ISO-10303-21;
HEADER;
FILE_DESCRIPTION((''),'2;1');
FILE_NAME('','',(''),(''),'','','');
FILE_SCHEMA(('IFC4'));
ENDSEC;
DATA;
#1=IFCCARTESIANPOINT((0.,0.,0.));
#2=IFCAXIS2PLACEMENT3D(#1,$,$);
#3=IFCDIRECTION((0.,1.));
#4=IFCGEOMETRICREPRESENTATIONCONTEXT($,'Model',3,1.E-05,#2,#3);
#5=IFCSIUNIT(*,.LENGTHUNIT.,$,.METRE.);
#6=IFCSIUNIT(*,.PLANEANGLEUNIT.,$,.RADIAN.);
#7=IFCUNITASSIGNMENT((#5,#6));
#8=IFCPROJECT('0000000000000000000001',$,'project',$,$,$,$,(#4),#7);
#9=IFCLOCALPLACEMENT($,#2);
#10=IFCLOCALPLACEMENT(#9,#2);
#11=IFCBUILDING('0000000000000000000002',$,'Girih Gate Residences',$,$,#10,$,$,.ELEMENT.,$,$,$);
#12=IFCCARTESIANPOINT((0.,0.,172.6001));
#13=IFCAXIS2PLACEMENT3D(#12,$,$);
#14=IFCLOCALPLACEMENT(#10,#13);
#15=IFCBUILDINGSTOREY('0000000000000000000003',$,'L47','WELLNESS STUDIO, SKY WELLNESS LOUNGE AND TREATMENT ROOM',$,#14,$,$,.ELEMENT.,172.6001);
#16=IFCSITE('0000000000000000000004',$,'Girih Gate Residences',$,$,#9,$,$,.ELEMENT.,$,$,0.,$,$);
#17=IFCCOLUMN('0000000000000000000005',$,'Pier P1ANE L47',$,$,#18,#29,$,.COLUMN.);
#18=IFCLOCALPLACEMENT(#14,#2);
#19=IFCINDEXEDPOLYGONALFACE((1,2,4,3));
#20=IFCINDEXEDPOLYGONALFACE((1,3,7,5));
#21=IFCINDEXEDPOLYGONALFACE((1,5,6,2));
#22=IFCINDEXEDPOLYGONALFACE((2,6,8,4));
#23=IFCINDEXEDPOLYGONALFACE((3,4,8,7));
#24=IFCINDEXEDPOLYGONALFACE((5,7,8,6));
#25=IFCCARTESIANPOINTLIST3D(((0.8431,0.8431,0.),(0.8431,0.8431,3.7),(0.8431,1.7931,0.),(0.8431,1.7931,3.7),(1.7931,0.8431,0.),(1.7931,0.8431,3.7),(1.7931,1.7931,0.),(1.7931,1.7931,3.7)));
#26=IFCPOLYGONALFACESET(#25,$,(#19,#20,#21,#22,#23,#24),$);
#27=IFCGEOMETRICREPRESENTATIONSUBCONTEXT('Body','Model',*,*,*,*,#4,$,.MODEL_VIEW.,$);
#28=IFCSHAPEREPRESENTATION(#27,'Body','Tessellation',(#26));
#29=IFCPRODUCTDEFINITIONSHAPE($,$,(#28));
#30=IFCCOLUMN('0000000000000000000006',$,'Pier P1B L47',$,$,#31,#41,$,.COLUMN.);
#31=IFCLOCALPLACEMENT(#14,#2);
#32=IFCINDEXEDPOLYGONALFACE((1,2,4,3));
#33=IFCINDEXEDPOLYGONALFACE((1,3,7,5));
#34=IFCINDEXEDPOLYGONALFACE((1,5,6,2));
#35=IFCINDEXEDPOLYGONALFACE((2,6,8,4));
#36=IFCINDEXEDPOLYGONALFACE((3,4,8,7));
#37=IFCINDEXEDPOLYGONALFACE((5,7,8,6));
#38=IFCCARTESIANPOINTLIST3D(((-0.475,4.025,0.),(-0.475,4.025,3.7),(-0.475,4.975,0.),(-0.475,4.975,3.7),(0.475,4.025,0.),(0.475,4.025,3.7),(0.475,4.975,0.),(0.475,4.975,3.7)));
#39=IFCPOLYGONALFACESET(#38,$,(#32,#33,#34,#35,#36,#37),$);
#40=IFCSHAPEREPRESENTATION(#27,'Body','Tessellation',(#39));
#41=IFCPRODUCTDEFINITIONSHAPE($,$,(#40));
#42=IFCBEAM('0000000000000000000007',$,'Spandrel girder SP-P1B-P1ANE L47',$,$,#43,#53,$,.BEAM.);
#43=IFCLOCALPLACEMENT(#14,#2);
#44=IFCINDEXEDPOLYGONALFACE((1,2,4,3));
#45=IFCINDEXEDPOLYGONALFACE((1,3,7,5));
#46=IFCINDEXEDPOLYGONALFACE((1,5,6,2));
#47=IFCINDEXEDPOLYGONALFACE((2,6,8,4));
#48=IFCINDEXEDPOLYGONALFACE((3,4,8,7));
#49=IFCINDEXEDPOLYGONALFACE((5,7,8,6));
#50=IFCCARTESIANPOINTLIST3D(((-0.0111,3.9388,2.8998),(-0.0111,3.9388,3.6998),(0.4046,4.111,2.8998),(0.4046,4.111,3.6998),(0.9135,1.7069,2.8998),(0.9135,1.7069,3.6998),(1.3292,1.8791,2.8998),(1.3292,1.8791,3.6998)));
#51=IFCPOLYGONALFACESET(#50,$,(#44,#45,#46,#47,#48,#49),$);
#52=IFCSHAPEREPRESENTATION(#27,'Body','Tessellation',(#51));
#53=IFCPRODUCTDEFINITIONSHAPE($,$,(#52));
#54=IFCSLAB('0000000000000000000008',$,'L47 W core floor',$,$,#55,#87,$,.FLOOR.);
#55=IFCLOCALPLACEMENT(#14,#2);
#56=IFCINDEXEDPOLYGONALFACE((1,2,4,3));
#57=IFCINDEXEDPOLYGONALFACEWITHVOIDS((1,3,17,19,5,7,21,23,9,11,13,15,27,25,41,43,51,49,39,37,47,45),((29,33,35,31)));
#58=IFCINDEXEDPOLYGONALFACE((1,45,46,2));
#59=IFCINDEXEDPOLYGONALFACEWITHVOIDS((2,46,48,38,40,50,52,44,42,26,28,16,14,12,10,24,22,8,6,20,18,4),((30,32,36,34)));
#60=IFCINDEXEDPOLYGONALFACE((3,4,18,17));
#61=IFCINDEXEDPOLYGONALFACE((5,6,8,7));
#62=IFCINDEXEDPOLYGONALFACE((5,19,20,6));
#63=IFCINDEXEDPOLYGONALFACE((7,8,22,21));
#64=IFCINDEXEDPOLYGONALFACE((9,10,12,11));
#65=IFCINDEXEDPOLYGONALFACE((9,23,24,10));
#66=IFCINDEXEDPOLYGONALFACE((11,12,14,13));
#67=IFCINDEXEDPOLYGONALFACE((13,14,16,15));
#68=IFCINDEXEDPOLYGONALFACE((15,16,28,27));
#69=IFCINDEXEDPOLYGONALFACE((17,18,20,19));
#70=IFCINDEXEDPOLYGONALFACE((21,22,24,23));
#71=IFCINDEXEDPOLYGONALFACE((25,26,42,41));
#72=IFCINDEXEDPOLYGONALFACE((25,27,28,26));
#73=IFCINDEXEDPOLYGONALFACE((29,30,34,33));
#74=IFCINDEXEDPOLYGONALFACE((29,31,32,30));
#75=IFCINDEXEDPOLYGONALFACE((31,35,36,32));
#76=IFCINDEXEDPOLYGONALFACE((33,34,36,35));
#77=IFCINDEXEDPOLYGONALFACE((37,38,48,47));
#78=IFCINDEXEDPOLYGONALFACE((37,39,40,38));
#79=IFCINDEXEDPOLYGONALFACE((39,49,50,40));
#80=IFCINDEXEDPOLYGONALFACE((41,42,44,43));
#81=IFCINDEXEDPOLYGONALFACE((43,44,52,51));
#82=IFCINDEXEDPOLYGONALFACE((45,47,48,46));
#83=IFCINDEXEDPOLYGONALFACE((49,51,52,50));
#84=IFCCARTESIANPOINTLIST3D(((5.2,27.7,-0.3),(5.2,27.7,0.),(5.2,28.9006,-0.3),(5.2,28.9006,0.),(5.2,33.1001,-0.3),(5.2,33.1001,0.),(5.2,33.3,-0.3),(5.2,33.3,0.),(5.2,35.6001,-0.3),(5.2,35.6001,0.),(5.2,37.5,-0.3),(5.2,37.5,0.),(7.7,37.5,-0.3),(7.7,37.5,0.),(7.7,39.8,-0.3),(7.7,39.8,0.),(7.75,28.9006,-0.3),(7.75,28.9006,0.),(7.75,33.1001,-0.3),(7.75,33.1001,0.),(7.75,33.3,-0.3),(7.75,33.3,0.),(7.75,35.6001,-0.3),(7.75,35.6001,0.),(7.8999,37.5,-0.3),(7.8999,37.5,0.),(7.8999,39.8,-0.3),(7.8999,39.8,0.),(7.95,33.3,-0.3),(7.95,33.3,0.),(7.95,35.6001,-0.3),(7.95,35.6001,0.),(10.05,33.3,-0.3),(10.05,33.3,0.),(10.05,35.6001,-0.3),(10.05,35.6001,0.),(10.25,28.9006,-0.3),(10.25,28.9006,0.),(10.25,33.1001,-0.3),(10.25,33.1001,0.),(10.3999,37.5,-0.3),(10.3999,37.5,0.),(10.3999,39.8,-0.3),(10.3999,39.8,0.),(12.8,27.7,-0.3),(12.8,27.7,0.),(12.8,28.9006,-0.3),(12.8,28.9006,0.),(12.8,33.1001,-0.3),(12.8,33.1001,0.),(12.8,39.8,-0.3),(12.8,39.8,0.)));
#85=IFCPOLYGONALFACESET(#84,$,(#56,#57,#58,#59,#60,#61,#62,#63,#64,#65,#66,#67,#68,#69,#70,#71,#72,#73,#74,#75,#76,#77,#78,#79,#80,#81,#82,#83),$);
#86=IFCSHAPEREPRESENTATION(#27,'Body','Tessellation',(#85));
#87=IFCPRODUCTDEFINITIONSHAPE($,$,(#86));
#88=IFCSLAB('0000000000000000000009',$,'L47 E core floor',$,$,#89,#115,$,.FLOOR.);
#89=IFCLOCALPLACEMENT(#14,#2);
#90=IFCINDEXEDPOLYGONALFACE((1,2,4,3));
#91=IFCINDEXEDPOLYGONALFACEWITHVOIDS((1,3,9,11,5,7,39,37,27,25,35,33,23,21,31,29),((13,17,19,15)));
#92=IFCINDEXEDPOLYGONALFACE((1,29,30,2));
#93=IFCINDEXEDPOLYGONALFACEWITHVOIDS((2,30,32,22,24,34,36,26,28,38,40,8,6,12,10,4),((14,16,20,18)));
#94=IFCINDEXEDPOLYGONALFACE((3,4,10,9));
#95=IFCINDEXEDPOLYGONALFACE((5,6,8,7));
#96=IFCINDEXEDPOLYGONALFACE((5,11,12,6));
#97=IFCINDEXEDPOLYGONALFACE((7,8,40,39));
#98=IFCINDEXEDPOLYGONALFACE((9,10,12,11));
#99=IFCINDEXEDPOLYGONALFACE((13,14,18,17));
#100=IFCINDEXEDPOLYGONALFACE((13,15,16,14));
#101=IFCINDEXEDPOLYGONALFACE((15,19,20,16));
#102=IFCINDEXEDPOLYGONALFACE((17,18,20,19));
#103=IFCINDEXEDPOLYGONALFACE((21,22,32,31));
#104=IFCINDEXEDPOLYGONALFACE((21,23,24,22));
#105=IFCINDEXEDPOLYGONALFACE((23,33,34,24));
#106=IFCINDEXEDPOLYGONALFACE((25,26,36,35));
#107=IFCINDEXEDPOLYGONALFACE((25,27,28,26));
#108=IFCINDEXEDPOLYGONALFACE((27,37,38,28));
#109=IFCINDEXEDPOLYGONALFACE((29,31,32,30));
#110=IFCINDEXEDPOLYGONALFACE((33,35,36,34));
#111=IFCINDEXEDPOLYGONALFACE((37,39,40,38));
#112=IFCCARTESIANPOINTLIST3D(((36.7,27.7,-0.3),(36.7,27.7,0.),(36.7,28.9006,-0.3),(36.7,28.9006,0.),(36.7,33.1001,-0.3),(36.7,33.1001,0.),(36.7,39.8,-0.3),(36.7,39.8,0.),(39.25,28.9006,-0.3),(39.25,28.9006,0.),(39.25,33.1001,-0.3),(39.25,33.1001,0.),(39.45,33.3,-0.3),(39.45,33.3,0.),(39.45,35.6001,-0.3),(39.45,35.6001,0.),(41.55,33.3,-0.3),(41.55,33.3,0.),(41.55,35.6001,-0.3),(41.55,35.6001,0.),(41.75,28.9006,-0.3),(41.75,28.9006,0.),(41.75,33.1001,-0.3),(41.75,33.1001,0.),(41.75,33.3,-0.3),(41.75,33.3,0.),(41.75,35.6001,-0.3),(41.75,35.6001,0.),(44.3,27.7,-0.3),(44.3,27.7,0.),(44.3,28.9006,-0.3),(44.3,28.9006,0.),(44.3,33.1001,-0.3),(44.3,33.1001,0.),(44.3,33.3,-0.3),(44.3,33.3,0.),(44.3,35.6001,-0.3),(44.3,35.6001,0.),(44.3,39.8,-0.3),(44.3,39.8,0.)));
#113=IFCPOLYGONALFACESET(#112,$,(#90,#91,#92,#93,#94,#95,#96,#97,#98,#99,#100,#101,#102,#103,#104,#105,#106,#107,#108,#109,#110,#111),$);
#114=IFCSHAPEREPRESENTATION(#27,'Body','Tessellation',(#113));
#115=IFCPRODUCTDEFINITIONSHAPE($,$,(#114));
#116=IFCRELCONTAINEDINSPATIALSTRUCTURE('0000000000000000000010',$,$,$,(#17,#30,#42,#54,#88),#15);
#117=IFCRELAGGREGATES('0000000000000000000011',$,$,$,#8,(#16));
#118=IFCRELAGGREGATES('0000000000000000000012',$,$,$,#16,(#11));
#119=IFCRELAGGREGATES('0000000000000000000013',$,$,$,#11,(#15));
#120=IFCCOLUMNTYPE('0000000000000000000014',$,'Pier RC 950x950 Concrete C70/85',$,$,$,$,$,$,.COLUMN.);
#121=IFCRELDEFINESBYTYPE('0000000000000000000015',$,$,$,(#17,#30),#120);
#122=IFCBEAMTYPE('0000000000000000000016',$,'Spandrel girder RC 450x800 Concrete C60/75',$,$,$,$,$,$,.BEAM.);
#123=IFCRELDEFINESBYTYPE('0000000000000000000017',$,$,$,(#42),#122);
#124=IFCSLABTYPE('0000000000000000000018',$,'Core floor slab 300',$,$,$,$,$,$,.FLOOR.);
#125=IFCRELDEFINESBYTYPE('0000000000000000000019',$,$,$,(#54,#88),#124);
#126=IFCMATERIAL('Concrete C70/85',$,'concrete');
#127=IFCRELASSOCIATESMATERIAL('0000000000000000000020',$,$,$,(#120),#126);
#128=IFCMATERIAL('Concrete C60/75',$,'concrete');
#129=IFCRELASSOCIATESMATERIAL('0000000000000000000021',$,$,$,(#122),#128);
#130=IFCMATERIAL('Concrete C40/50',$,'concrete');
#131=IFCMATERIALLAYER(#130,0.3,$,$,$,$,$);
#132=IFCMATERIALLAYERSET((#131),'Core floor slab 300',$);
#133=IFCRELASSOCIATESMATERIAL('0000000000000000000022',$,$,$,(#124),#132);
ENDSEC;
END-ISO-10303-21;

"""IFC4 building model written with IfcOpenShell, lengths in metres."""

from ifc_helpers import new_model, si_unit, direction, frame, origin, origin_2d, place, context, subcontext, project, spatial, polyline, rectangle, outline, extrude, material, layer, layer_set, material_profile, profile_set, type_object, element, save


model = new_model("IFC4")

# Units and contexts
model_context = context("Model", 3, precision=1e-05, world=origin(), true_north=direction((0.0, 1.0)))
body_context = subcontext(model_context, "Body", "Model", "MODEL_VIEW")
ifc_project = project(units=[si_unit("LENGTHUNIT", "METRE"), si_unit("PLANEANGLEUNIT", "RADIAN")], contexts=[model_context])

# Site, building, storey
site_placement = place(None, origin())
site = spatial("IfcSite", under=ifc_project, at=site_placement, Name="Girih Gate Residences", CompositionType="ELEMENT", RefElevation=0.0)
building_placement = place(site_placement, origin())
building = spatial("IfcBuilding", under=site, at=building_placement, Name="Girih Gate Residences", CompositionType="ELEMENT")
storey_placement = place(building_placement, frame((0.0, 0.0, 172.6001)))
storey = spatial("IfcBuildingStorey", under=building, at=storey_placement, Name="L47", Description="WELLNESS STUDIO, SKY WELLNESS LOUNGE AND TREATMENT ROOM", CompositionType="ELEMENT", Elevation=172.6001)

# Columns
ifc_material_1 = material(Name="Concrete C70/85", Category="concrete")
ifc_material_profile_1 = material_profile(ifc_material_1, rectangle(XDim=0.95, YDim=0.95, at=origin_2d()))
ifc_profile_set_1 = profile_set([ifc_material_profile_1], Name="Concrete C70/85")
column_type = type_object("IfcColumnType", Name="Pier RC 950x950 Concrete C70/85", PredefinedType="COLUMN", material=ifc_profile_set_1)
for number, where, z_axis, x_axis, name in (
    (1, (1.3181, 1.3181, 0.0), (0.0, 0.0, 1.0), (1.0, 0.0, 0.0), "Pier P1ANE L47"),
    (2, (0.0, 4.5, 0.0), (0.0, 0.0, 1.0), (1.0, 0.0, 0.0), "Pier P1B L47"),
):
    element("IfcColumn", number, at=place(storey_placement, frame(where, z_axis=z_axis, x_axis=x_axis)), inside=storey, type_object=column_type, Name=name, PredefinedType="COLUMN", context=body_context, shape_type="SweptSolid", body=[
        extrude(rectangle(XDim=0.95, YDim=0.95, at=origin_2d()), origin(), (0.0, 0.0, 1.0), 3.7),
    ])

# Beam
ifc_material_2 = material(Name="Concrete C60/75", Category="concrete")
ifc_material_profile_2 = material_profile(ifc_material_2, rectangle(XDim=0.45, YDim=0.8, at=origin_2d()))
ifc_profile_set_2 = profile_set([ifc_material_profile_2], Name="Concrete C60/75")
beam_type = type_object("IfcBeamType", Name="Spandrel girder RC 450x800 Concrete C60/75", PredefinedType="BEAM", material=ifc_profile_set_2)
beam_placement = place(storey_placement, frame((0.1968, 4.0249, 3.2998), z_axis=(0.382706, -0.92387, 0.0), x_axis=(0.92387, 0.382706, 0.0)))
element("IfcBeam", 3, at=beam_placement, inside=storey, type_object=beam_type, Name="Spandrel girder SP-P1B-P1ANE L47", PredefinedType="BEAM", context=body_context, shape_type="SweptSolid", body=[
    extrude(rectangle(XDim=0.45, YDim=0.8, at=origin_2d()), origin(), (0.0, 0.0, 1.0), 2.4158),
])

# Slabs
ifc_material_3 = material(Name="Concrete C40/50", Category="concrete")
ifc_layer_1 = layer(ifc_material_3, 0.3)
ifc_layer_set_1 = layer_set([ifc_layer_1], Name="Core floor slab 300")
slab_type_1 = type_object("IfcSlabType", Name="Core floor slab 300", PredefinedType="FLOOR", material=ifc_layer_set_1)
slab_1_placement = place(storey_placement, frame((0.0, 0.0, -0.3)))
element("IfcSlab", 4, at=slab_1_placement, inside=storey, type_object=slab_type_1, Name="L47 W core floor", PredefinedType="FLOOR", context=body_context, shape_type="SweptSolid", body=[
    extrude(outline(polyline([(12.8, 27.7), (5.2, 27.7), (5.2, 28.9006), (7.75, 28.9006), (7.75, 33.1001), (5.2, 33.1001), (5.2, 33.3), (7.75, 33.3), (7.75, 35.6001), (5.2, 35.6001), (5.2, 37.5), (7.7, 37.5), (7.7, 39.8), (7.8999, 39.8), (7.8999, 37.5), (10.3999, 37.5), (10.3999, 39.8), (12.8, 39.8), (12.8, 33.1001), (10.25, 33.1001), (10.25, 28.9006), (12.8, 28.9006), (12.8, 27.7)]), holes=[polyline([(7.95, 33.3), (10.05, 33.3), (10.05, 35.6001), (7.95, 35.6001), (7.95, 33.3)])]), origin(), (0.0, 0.0, 1.0), 0.3),
])
slab_2_placement = place(storey_placement, frame((0.0, 0.0, -0.3)))
element("IfcSlab", 5, at=slab_2_placement, inside=storey, type_object=slab_type_1, Name="L47 E core floor", PredefinedType="FLOOR", context=body_context, shape_type="SweptSolid", body=[
    extrude(outline(polyline([(44.3, 27.7), (36.7, 27.7), (36.7, 28.9006), (39.25, 28.9006), (39.25, 33.1001), (36.7, 33.1001), (36.7, 39.8), (44.3, 39.8), (44.3, 35.6001), (41.75, 35.6001), (41.75, 33.3), (44.3, 33.3), (44.3, 33.1001), (41.75, 33.1001), (41.75, 28.9006), (44.3, 28.9006), (44.3, 27.7)]), holes=[polyline([(39.45, 33.3), (41.55, 33.3), (41.55, 35.6001), (39.45, 35.6001), (39.45, 33.3)])]), origin(), (0.0, 0.0, 1.0), 0.3),
])

save(model, "model.ifc")
